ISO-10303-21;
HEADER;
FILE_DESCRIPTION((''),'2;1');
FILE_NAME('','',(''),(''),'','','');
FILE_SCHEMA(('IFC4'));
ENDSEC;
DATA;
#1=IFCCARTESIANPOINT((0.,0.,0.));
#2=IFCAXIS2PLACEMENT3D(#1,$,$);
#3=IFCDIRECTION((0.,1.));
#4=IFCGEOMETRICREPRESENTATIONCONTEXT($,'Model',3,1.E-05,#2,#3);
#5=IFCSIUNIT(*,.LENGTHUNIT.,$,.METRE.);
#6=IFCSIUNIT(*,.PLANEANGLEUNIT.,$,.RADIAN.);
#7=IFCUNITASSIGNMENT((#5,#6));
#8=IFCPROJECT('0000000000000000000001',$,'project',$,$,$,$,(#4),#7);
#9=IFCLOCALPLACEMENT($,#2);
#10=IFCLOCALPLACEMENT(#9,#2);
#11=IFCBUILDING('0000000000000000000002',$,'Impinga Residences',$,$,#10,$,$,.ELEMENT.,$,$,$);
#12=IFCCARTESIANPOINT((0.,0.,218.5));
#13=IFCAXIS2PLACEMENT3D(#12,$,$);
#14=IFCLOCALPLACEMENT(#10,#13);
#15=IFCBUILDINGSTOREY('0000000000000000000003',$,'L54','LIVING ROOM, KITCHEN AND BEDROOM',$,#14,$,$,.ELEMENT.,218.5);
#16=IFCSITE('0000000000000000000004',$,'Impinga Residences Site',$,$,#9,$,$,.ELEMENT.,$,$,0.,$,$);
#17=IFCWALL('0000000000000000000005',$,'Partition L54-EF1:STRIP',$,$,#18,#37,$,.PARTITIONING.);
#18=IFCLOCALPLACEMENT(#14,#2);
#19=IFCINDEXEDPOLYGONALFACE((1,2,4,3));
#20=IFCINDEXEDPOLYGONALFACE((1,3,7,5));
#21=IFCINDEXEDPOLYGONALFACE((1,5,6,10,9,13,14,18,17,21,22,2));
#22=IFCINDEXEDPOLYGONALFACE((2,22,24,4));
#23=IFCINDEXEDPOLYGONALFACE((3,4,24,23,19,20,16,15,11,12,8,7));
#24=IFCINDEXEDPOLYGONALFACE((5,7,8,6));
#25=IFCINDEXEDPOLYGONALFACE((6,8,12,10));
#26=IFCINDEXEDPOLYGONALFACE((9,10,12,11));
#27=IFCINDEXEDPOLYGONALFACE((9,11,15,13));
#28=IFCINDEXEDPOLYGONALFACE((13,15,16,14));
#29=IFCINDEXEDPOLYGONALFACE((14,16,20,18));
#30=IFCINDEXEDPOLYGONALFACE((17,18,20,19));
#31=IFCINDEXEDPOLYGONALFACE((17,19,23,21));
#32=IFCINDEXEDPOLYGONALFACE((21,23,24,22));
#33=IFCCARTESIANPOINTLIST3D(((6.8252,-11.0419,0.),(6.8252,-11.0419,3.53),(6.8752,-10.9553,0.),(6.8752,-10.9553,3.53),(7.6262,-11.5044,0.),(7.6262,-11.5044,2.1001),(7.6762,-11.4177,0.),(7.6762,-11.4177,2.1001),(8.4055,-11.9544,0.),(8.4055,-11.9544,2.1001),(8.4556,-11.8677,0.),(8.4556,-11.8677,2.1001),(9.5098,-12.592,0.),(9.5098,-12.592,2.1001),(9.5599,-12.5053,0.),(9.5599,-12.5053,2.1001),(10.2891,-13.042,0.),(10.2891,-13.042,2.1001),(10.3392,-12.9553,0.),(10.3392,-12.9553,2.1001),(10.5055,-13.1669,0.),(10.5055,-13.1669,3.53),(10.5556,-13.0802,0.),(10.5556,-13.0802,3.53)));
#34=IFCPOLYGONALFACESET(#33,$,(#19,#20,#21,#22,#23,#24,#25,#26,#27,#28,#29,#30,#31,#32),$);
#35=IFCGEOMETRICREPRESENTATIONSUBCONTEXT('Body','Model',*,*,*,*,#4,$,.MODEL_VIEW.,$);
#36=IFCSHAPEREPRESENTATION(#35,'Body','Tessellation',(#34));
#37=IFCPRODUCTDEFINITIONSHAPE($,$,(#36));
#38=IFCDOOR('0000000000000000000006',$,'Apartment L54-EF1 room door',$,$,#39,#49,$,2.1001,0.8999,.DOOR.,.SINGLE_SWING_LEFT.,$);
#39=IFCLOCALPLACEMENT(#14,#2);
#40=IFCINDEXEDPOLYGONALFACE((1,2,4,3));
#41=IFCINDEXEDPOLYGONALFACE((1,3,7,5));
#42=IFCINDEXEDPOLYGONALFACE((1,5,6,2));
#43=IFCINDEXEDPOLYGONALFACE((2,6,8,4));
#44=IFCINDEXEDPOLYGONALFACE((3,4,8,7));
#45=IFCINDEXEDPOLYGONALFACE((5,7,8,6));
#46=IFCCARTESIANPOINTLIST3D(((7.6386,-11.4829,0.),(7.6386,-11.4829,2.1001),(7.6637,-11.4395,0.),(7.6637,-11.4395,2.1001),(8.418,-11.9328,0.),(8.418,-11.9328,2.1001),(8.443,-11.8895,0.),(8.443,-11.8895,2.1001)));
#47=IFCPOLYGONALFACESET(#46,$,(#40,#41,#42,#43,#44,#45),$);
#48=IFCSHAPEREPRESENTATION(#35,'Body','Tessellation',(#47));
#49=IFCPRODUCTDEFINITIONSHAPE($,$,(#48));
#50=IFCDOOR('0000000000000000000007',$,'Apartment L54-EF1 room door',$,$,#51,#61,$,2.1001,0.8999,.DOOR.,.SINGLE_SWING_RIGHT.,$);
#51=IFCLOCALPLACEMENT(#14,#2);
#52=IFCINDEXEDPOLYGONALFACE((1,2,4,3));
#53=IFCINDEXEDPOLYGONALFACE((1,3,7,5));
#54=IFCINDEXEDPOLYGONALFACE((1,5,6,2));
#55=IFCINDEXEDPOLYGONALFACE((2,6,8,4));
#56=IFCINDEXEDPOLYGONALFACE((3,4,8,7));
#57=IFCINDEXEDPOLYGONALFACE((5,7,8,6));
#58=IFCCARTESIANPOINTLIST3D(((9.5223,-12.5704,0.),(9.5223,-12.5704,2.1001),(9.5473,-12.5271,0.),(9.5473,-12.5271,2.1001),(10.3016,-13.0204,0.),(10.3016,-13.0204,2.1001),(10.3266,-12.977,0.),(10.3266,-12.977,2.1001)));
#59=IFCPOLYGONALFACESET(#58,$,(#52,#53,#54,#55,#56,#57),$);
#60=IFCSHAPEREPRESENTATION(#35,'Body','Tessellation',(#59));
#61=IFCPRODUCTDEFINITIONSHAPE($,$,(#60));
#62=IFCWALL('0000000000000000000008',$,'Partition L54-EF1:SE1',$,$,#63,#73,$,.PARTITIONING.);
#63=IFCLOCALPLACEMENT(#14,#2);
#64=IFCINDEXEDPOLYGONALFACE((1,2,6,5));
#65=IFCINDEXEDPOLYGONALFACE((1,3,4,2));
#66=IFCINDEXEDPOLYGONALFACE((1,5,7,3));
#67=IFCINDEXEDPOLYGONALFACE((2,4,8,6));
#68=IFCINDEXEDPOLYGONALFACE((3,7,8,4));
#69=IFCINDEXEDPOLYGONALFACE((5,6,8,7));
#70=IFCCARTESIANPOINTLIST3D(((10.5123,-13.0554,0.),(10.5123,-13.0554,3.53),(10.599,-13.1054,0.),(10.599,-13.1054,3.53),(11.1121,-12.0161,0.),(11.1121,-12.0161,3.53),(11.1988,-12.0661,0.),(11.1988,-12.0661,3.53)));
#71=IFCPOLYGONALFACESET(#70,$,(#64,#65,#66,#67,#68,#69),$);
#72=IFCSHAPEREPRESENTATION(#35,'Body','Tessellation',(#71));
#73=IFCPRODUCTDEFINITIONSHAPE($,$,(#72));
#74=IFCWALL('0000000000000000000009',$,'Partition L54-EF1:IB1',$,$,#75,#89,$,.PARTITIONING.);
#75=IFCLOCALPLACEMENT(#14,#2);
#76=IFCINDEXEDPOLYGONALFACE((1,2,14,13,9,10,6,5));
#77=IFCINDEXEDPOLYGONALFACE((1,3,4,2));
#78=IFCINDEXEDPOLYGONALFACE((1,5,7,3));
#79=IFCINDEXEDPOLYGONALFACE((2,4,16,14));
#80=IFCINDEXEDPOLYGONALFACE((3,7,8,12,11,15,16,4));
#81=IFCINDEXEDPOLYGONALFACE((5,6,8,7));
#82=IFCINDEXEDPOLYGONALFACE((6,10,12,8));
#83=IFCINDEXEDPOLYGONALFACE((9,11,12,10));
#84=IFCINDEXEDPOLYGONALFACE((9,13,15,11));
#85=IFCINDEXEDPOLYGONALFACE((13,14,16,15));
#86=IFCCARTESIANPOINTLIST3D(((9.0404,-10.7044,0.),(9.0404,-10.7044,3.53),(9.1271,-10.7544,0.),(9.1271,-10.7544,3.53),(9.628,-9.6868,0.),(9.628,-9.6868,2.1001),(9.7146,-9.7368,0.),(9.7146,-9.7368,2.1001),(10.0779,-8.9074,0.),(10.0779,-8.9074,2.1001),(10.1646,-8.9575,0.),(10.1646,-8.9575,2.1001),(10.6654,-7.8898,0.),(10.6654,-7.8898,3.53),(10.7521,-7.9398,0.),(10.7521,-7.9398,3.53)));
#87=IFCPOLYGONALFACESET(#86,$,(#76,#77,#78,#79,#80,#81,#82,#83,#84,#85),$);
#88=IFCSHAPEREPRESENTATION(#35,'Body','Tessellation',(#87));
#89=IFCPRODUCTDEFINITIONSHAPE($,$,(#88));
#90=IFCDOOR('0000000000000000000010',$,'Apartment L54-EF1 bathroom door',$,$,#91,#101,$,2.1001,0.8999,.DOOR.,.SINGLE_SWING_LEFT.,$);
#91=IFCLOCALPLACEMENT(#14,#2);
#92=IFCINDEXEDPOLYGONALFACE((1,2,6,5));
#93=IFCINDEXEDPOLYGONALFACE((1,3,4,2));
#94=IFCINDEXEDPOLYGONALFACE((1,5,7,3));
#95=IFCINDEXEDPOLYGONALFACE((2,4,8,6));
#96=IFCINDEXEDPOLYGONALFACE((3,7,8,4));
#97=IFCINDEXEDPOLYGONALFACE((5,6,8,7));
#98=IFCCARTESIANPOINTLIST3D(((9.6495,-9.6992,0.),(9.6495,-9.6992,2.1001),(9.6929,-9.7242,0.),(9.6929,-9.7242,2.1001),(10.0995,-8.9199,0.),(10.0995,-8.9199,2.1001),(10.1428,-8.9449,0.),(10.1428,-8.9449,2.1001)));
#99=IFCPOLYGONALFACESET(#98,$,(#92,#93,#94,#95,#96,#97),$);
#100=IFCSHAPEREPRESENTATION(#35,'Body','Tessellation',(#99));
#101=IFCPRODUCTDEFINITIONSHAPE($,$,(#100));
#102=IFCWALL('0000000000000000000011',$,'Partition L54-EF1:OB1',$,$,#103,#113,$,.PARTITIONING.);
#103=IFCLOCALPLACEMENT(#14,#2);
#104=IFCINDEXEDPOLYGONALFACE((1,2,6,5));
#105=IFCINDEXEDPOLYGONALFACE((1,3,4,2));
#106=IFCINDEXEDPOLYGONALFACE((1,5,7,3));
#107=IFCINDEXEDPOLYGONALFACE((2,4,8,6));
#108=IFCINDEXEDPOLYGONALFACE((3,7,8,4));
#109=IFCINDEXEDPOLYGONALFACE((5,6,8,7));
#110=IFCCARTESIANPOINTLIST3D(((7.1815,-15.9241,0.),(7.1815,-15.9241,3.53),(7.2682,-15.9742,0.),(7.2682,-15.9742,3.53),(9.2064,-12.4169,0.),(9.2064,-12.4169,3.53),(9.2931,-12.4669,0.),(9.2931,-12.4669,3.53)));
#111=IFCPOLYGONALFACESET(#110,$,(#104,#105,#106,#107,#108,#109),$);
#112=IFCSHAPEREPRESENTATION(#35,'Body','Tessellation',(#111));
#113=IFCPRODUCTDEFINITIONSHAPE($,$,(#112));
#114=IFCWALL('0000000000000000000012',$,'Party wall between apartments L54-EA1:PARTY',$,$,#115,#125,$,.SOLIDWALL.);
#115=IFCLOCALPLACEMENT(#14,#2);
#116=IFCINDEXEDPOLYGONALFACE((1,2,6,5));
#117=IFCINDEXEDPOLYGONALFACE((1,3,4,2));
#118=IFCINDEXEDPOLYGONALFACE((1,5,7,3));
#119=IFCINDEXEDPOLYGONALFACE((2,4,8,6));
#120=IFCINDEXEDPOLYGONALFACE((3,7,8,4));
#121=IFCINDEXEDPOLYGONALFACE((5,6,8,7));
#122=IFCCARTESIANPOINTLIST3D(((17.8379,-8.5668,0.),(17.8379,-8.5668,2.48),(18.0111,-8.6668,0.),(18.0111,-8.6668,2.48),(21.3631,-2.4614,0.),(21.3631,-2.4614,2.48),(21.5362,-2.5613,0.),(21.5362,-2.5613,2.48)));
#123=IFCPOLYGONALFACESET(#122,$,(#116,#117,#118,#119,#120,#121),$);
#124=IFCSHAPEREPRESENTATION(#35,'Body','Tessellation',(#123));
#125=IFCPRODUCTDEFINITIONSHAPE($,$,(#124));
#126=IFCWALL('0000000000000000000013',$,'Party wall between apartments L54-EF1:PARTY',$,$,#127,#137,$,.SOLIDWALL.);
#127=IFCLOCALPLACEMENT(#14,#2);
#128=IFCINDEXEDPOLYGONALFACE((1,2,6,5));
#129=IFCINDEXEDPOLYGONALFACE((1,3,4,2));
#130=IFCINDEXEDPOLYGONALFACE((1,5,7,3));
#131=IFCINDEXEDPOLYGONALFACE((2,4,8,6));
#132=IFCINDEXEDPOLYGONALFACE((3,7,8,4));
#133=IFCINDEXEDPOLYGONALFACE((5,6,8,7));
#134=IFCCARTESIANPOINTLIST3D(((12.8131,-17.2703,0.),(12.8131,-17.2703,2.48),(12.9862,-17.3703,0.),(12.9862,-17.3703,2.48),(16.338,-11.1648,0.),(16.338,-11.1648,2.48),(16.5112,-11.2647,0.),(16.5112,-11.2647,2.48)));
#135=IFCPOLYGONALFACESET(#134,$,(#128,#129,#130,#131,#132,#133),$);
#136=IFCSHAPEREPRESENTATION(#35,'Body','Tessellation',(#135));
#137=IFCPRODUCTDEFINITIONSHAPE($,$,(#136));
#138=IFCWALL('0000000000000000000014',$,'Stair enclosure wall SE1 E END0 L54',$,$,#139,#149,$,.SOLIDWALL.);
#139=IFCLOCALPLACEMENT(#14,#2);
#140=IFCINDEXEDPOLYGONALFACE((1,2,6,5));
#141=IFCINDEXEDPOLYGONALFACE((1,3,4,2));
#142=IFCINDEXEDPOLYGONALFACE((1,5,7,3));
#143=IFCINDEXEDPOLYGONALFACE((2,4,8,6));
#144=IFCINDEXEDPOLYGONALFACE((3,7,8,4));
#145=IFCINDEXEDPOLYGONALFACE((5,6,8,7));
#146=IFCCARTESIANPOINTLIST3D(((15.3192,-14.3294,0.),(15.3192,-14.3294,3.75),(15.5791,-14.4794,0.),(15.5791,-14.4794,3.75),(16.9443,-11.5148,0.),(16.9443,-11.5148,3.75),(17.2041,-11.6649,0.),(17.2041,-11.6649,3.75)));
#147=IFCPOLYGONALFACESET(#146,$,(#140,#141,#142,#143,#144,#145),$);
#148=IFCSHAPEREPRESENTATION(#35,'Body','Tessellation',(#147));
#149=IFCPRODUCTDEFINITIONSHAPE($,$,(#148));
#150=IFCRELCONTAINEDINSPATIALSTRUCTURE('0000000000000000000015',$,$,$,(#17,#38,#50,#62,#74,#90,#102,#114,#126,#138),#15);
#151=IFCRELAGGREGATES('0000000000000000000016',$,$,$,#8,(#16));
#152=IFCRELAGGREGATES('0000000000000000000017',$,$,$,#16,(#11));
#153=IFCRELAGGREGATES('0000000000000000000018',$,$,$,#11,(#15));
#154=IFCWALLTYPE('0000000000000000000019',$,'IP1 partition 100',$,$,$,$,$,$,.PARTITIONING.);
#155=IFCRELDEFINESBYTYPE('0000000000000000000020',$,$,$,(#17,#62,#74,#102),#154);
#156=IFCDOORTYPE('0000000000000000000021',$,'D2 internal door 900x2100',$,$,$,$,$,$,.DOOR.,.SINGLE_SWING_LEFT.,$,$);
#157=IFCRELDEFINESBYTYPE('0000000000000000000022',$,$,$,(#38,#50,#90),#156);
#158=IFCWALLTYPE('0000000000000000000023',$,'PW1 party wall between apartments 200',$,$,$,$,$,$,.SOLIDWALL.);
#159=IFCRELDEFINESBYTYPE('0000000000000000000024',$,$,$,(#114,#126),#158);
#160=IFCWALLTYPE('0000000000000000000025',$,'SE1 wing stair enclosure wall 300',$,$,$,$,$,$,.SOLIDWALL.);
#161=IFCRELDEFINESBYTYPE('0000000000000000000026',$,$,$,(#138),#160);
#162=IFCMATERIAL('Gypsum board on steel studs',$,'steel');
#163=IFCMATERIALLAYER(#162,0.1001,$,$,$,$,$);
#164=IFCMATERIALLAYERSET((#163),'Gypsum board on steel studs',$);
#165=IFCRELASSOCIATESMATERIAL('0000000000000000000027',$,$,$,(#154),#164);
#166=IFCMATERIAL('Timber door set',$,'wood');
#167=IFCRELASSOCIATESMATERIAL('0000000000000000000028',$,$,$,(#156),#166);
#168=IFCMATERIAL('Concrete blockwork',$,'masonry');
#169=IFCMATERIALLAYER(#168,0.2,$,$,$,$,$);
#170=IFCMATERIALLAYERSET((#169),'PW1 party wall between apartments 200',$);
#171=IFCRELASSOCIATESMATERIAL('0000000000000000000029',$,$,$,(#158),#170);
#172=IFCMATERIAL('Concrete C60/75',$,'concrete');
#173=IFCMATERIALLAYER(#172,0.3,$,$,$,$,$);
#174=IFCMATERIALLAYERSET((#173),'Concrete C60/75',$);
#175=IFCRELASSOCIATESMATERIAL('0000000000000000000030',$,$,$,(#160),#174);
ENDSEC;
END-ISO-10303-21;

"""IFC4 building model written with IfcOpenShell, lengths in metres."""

from ifc_helpers import new_model, si_unit, direction, frame, frame_2d, origin, place, context, subcontext, project, spatial, rectangle, extrude, material, layer, layer_set, type_object, element, fill, save


model = new_model("IFC4")

# Units and contexts
model_context = context("Model", 3, precision=1e-05, world=origin(), true_north=direction((0.0, 1.0)))
body_context = subcontext(model_context, "Body", "Model", "MODEL_VIEW")
ifc_project = project(units=[si_unit("LENGTHUNIT", "METRE"), si_unit("PLANEANGLEUNIT", "RADIAN")], contexts=[model_context])

# Site, building, storey
site_placement = place(None, origin())
site = spatial("IfcSite", under=ifc_project, at=site_placement, Name="Impinga Residences Site", CompositionType="ELEMENT", RefElevation=0.0)
building_placement = place(site_placement, origin())
building = spatial("IfcBuilding", under=site, at=building_placement, Name="Impinga Residences", CompositionType="ELEMENT")
storey_placement = place(building_placement, frame((0.0, 0.0, 218.5)))
storey = spatial("IfcBuildingStorey", under=building, at=storey_placement, Name="L54", Description="LIVING ROOM, KITCHEN AND BEDROOM", CompositionType="ELEMENT", Elevation=218.5)

# Shared definitions
ifc_material_1 = material(Name="Concrete C60/75", Category="concrete")

# Shared definitions
ifc_material_2 = material(Name="Timber door set", Category="wood")

# Shared definitions
ifc_material_3 = material(Name="Gypsum board on steel studs", Category="steel")
ifc_layer_1 = layer(ifc_material_3, 0.1001)
ifc_layer_set_1 = layer_set([ifc_layer_1], Name="Gypsum board on steel studs")
wall_type_1 = type_object("IfcWallType", Name="IP1 partition 100", PredefinedType="PARTITIONING", material=ifc_layer_set_1)

# Shared definitions
door_type_1 = type_object("IfcDoorType", Name="D2 internal door 900x2100", OperationType="SINGLE_SWING_LEFT", PredefinedType="DOOR", material=ifc_material_2)

# Wall, openings, doors
wall_1_placement = place(storey_placement, frame((6.8501, -10.9985, 0.0), z_axis=(0.0, 0.0, 1.0), x_axis=(0.866014, -0.500019, 0.0)))
wall_1 = element("IfcWall", 1, at=wall_1_placement, inside=storey, type_object=wall_type_1, Name="Partition L54-EF1:STRIP", PredefinedType="PARTITIONING", context=body_context, shape_type="SweptSolid", body=[
    extrude(rectangle(XDim=4.2498, YDim=0.1001, at=frame_2d((2.125, 0.0))), origin(), (0.0, 0.0, 1.0), 3.53),
])
opening_1_placement = place(wall_1_placement, frame((0.925, 0.0, 0.0)))
opening_1 = element("IfcOpeningElement", 2, at=opening_1_placement, cuts=wall_1, PredefinedType="OPENING", context=body_context, shape_type="SweptSolid", body=[
    extrude(rectangle(XDim=0.8999, YDim=2.1001, at=frame_2d((0.45, 1.05))), frame((0.0, 0.0601, 0.0), z_axis=(0.0, -1.0, 0.0), x_axis=(1.0, 0.0, 0.0)), (0.0, 0.0, 1.0), 0.1201),
])
opening_2_placement = place(wall_1_placement, frame((3.1001, 0.0, 0.0)))
opening_2 = element("IfcOpeningElement", 3, at=opening_2_placement, cuts=wall_1, PredefinedType="OPENING", context=body_context, shape_type="SweptSolid", body=[
    extrude(rectangle(XDim=0.8999, YDim=2.1001, at=frame_2d((0.45, 1.05))), frame((0.0, 0.0601, 0.0), z_axis=(0.0, -1.0, 0.0), x_axis=(1.0, 0.0, 0.0)), (0.0, 0.0, 1.0), 0.1201),
])
door_1_placement = place(opening_1_placement, origin())
door_1 = element("IfcDoor", 4, at=door_1_placement, inside=storey, type_object=door_type_1, Name="Apartment L54-EF1 room door", OperationType="SINGLE_SWING_LEFT", OverallHeight=2.1001, OverallWidth=0.8999, PredefinedType="DOOR", context=body_context, shape_type="SweptSolid", body=[
    extrude(rectangle(XDim=0.8999, YDim=2.1001, at=frame_2d((0.45, 1.05))), frame((0.0, 0.0249, 0.0), z_axis=(0.0, -1.0, 0.0), x_axis=(1.0, 0.0, 0.0)), (0.0, 0.0, 1.0), 0.05),
])
fill(opening_1, door_1)
door_2_placement = place(opening_2_placement, origin())
door_2 = element("IfcDoor", 5, at=door_2_placement, inside=storey, type_object=door_type_1, Name="Apartment L54-EF1 room door", OperationType="SINGLE_SWING_RIGHT", OverallHeight=2.1001, OverallWidth=0.8999, PredefinedType="DOOR", context=body_context, shape_type="SweptSolid", body=[
    extrude(rectangle(XDim=0.8999, YDim=2.1001, at=frame_2d((0.45, 1.05))), frame((0.0, 0.0249, 0.0), z_axis=(0.0, -1.0, 0.0), x_axis=(1.0, 0.0, 0.0)), (0.0, 0.0, 1.0), 0.05),
])
fill(opening_2, door_2)

# Wall
wall_2_placement = place(storey_placement, frame((11.1555, -12.041, 0.0), z_axis=(0.0, 0.0, 1.0), x_axis=(-0.499881, -0.866094, 0.0)))
element("IfcWall", 6, at=wall_2_placement, inside=storey, type_object=wall_type_1, Name="Partition L54-EF1:SE1", PredefinedType="PARTITIONING", context=body_context, shape_type="SweptSolid", body=[
    extrude(rectangle(XDim=1.2, YDim=0.1001, at=frame_2d((0.6001, 0.0))), origin(), (0.0, 0.0, 1.0), 3.53),
])

# Wall, opening, door
wall_3_placement = place(storey_placement, frame((10.7087, -7.9148, 0.0), z_axis=(0.0, 0.0, 1.0), x_axis=(-0.499985, -0.866034, 0.0)))
wall_3 = element("IfcWall", 7, at=wall_3_placement, inside=storey, type_object=wall_type_1, Name="Partition L54-EF1:IB1", PredefinedType="PARTITIONING", context=body_context, shape_type="SweptSolid", body=[
    extrude(rectangle(XDim=3.25, YDim=0.1001, at=frame_2d((1.625, 0.0))), origin(), (0.0, 0.0, 1.0), 3.53),
])
opening_3_placement = place(wall_3_placement, frame((1.175, 0.0, 0.0)))
opening_3 = element("IfcOpeningElement", 8, at=opening_3_placement, cuts=wall_3, PredefinedType="OPENING", context=body_context, shape_type="SweptSolid", body=[
    extrude(rectangle(XDim=0.8999, YDim=2.1001, at=frame_2d((0.45, 1.05))), frame((0.0, 0.0601, 0.0), z_axis=(0.0, -1.0, 0.0), x_axis=(1.0, 0.0, 0.0)), (0.0, 0.0, 1.0), 0.1201),
])
door_3_placement = place(opening_3_placement, origin())
door_3 = element("IfcDoor", 9, at=door_3_placement, inside=storey, type_object=door_type_1, Name="Apartment L54-EF1 bathroom door", OperationType="SINGLE_SWING_LEFT", OverallHeight=2.1001, OverallWidth=0.8999, PredefinedType="DOOR", context=body_context, shape_type="SweptSolid", body=[
    extrude(rectangle(XDim=0.8999, YDim=2.1001, at=frame_2d((0.45, 1.05))), frame((0.0, 0.0249, 0.0), z_axis=(0.0, -1.0, 0.0), x_axis=(1.0, 0.0, 0.0)), (0.0, 0.0, 1.0), 0.05),
])
fill(opening_3, door_3)

# Walls
wall_4_placement = place(storey_placement, frame((9.2498, -12.4419, 0.0), z_axis=(0.0, 0.0, 1.0), x_axis=(-0.49999, -0.866031, 0.0)))
element("IfcWall", 10, at=wall_4_placement, inside=storey, type_object=wall_type_1, Name="Partition L54-EF1:OB1", PredefinedType="PARTITIONING", context=body_context, shape_type="SweptSolid", body=[
    extrude(rectangle(XDim=4.0498, YDim=0.1001, at=frame_2d((2.0249, 0.0))), origin(), (0.0, 0.0, 1.0), 3.53),
])
ifc_material_4 = material(Name="Concrete blockwork", Category="masonry")
ifc_layer_2 = layer(ifc_material_4, 0.2)
ifc_layer_set_2 = layer_set([ifc_layer_2], Name="PW1 party wall between apartments 200")
wall_type_2 = type_object("IfcWallType", Name="PW1 party wall between apartments 200", PredefinedType="SOLIDWALL", material=ifc_layer_set_2)
for number, where, z_axis, x_axis, name in (
    (11, (17.9246, -8.6167, 0.0), (0.0, 0.0, 1.0), (0.500016, 0.866016, 0.0), "Party wall between apartments L54-EA1:PARTY"),
    (12, (16.4246, -11.2148, 0.0), (0.0, 0.0, 1.0), (-0.49999, -0.866031, 0.0), "Party wall between apartments L54-EF1:PARTY"),
):
    element("IfcWall", number, at=place(storey_placement, frame(where, z_axis=z_axis, x_axis=x_axis)), inside=storey, type_object=wall_type_2, Name=name, PredefinedType="SOLIDWALL", context=body_context, shape_type="SweptSolid", body=[
        extrude(rectangle(XDim=7.05, YDim=0.2, at=frame_2d((3.5249, 0.0))), origin(), (0.0, 0.0, 1.0), 2.48),
    ])
ifc_layer_3 = layer(ifc_material_1, 0.3)
ifc_layer_set_3 = layer_set([ifc_layer_3], Name="Concrete C60/75")
wall_type_3 = type_object("IfcWallType", Name="SE1 wing stair enclosure wall 300", PredefinedType="SOLIDWALL", material=ifc_layer_set_3)
wall_5_placement = place(storey_placement, frame((17.0742, -11.5898, 0.0), z_axis=(0.0, 0.0, 1.0), x_axis=(-0.500017, -0.866015, 0.0)))
element("IfcWall", 13, at=wall_5_placement, inside=storey, type_object=wall_type_3, Name="Stair enclosure wall SE1 E END0 L54", PredefinedType="SOLIDWALL", context=body_context, shape_type="SweptSolid", body=[
    extrude(rectangle(XDim=3.25, YDim=0.3, at=frame_2d((1.625, 0.0))), origin(), (0.0, 0.0, 1.0), 3.75),
])

save(model, "model.ifc")
